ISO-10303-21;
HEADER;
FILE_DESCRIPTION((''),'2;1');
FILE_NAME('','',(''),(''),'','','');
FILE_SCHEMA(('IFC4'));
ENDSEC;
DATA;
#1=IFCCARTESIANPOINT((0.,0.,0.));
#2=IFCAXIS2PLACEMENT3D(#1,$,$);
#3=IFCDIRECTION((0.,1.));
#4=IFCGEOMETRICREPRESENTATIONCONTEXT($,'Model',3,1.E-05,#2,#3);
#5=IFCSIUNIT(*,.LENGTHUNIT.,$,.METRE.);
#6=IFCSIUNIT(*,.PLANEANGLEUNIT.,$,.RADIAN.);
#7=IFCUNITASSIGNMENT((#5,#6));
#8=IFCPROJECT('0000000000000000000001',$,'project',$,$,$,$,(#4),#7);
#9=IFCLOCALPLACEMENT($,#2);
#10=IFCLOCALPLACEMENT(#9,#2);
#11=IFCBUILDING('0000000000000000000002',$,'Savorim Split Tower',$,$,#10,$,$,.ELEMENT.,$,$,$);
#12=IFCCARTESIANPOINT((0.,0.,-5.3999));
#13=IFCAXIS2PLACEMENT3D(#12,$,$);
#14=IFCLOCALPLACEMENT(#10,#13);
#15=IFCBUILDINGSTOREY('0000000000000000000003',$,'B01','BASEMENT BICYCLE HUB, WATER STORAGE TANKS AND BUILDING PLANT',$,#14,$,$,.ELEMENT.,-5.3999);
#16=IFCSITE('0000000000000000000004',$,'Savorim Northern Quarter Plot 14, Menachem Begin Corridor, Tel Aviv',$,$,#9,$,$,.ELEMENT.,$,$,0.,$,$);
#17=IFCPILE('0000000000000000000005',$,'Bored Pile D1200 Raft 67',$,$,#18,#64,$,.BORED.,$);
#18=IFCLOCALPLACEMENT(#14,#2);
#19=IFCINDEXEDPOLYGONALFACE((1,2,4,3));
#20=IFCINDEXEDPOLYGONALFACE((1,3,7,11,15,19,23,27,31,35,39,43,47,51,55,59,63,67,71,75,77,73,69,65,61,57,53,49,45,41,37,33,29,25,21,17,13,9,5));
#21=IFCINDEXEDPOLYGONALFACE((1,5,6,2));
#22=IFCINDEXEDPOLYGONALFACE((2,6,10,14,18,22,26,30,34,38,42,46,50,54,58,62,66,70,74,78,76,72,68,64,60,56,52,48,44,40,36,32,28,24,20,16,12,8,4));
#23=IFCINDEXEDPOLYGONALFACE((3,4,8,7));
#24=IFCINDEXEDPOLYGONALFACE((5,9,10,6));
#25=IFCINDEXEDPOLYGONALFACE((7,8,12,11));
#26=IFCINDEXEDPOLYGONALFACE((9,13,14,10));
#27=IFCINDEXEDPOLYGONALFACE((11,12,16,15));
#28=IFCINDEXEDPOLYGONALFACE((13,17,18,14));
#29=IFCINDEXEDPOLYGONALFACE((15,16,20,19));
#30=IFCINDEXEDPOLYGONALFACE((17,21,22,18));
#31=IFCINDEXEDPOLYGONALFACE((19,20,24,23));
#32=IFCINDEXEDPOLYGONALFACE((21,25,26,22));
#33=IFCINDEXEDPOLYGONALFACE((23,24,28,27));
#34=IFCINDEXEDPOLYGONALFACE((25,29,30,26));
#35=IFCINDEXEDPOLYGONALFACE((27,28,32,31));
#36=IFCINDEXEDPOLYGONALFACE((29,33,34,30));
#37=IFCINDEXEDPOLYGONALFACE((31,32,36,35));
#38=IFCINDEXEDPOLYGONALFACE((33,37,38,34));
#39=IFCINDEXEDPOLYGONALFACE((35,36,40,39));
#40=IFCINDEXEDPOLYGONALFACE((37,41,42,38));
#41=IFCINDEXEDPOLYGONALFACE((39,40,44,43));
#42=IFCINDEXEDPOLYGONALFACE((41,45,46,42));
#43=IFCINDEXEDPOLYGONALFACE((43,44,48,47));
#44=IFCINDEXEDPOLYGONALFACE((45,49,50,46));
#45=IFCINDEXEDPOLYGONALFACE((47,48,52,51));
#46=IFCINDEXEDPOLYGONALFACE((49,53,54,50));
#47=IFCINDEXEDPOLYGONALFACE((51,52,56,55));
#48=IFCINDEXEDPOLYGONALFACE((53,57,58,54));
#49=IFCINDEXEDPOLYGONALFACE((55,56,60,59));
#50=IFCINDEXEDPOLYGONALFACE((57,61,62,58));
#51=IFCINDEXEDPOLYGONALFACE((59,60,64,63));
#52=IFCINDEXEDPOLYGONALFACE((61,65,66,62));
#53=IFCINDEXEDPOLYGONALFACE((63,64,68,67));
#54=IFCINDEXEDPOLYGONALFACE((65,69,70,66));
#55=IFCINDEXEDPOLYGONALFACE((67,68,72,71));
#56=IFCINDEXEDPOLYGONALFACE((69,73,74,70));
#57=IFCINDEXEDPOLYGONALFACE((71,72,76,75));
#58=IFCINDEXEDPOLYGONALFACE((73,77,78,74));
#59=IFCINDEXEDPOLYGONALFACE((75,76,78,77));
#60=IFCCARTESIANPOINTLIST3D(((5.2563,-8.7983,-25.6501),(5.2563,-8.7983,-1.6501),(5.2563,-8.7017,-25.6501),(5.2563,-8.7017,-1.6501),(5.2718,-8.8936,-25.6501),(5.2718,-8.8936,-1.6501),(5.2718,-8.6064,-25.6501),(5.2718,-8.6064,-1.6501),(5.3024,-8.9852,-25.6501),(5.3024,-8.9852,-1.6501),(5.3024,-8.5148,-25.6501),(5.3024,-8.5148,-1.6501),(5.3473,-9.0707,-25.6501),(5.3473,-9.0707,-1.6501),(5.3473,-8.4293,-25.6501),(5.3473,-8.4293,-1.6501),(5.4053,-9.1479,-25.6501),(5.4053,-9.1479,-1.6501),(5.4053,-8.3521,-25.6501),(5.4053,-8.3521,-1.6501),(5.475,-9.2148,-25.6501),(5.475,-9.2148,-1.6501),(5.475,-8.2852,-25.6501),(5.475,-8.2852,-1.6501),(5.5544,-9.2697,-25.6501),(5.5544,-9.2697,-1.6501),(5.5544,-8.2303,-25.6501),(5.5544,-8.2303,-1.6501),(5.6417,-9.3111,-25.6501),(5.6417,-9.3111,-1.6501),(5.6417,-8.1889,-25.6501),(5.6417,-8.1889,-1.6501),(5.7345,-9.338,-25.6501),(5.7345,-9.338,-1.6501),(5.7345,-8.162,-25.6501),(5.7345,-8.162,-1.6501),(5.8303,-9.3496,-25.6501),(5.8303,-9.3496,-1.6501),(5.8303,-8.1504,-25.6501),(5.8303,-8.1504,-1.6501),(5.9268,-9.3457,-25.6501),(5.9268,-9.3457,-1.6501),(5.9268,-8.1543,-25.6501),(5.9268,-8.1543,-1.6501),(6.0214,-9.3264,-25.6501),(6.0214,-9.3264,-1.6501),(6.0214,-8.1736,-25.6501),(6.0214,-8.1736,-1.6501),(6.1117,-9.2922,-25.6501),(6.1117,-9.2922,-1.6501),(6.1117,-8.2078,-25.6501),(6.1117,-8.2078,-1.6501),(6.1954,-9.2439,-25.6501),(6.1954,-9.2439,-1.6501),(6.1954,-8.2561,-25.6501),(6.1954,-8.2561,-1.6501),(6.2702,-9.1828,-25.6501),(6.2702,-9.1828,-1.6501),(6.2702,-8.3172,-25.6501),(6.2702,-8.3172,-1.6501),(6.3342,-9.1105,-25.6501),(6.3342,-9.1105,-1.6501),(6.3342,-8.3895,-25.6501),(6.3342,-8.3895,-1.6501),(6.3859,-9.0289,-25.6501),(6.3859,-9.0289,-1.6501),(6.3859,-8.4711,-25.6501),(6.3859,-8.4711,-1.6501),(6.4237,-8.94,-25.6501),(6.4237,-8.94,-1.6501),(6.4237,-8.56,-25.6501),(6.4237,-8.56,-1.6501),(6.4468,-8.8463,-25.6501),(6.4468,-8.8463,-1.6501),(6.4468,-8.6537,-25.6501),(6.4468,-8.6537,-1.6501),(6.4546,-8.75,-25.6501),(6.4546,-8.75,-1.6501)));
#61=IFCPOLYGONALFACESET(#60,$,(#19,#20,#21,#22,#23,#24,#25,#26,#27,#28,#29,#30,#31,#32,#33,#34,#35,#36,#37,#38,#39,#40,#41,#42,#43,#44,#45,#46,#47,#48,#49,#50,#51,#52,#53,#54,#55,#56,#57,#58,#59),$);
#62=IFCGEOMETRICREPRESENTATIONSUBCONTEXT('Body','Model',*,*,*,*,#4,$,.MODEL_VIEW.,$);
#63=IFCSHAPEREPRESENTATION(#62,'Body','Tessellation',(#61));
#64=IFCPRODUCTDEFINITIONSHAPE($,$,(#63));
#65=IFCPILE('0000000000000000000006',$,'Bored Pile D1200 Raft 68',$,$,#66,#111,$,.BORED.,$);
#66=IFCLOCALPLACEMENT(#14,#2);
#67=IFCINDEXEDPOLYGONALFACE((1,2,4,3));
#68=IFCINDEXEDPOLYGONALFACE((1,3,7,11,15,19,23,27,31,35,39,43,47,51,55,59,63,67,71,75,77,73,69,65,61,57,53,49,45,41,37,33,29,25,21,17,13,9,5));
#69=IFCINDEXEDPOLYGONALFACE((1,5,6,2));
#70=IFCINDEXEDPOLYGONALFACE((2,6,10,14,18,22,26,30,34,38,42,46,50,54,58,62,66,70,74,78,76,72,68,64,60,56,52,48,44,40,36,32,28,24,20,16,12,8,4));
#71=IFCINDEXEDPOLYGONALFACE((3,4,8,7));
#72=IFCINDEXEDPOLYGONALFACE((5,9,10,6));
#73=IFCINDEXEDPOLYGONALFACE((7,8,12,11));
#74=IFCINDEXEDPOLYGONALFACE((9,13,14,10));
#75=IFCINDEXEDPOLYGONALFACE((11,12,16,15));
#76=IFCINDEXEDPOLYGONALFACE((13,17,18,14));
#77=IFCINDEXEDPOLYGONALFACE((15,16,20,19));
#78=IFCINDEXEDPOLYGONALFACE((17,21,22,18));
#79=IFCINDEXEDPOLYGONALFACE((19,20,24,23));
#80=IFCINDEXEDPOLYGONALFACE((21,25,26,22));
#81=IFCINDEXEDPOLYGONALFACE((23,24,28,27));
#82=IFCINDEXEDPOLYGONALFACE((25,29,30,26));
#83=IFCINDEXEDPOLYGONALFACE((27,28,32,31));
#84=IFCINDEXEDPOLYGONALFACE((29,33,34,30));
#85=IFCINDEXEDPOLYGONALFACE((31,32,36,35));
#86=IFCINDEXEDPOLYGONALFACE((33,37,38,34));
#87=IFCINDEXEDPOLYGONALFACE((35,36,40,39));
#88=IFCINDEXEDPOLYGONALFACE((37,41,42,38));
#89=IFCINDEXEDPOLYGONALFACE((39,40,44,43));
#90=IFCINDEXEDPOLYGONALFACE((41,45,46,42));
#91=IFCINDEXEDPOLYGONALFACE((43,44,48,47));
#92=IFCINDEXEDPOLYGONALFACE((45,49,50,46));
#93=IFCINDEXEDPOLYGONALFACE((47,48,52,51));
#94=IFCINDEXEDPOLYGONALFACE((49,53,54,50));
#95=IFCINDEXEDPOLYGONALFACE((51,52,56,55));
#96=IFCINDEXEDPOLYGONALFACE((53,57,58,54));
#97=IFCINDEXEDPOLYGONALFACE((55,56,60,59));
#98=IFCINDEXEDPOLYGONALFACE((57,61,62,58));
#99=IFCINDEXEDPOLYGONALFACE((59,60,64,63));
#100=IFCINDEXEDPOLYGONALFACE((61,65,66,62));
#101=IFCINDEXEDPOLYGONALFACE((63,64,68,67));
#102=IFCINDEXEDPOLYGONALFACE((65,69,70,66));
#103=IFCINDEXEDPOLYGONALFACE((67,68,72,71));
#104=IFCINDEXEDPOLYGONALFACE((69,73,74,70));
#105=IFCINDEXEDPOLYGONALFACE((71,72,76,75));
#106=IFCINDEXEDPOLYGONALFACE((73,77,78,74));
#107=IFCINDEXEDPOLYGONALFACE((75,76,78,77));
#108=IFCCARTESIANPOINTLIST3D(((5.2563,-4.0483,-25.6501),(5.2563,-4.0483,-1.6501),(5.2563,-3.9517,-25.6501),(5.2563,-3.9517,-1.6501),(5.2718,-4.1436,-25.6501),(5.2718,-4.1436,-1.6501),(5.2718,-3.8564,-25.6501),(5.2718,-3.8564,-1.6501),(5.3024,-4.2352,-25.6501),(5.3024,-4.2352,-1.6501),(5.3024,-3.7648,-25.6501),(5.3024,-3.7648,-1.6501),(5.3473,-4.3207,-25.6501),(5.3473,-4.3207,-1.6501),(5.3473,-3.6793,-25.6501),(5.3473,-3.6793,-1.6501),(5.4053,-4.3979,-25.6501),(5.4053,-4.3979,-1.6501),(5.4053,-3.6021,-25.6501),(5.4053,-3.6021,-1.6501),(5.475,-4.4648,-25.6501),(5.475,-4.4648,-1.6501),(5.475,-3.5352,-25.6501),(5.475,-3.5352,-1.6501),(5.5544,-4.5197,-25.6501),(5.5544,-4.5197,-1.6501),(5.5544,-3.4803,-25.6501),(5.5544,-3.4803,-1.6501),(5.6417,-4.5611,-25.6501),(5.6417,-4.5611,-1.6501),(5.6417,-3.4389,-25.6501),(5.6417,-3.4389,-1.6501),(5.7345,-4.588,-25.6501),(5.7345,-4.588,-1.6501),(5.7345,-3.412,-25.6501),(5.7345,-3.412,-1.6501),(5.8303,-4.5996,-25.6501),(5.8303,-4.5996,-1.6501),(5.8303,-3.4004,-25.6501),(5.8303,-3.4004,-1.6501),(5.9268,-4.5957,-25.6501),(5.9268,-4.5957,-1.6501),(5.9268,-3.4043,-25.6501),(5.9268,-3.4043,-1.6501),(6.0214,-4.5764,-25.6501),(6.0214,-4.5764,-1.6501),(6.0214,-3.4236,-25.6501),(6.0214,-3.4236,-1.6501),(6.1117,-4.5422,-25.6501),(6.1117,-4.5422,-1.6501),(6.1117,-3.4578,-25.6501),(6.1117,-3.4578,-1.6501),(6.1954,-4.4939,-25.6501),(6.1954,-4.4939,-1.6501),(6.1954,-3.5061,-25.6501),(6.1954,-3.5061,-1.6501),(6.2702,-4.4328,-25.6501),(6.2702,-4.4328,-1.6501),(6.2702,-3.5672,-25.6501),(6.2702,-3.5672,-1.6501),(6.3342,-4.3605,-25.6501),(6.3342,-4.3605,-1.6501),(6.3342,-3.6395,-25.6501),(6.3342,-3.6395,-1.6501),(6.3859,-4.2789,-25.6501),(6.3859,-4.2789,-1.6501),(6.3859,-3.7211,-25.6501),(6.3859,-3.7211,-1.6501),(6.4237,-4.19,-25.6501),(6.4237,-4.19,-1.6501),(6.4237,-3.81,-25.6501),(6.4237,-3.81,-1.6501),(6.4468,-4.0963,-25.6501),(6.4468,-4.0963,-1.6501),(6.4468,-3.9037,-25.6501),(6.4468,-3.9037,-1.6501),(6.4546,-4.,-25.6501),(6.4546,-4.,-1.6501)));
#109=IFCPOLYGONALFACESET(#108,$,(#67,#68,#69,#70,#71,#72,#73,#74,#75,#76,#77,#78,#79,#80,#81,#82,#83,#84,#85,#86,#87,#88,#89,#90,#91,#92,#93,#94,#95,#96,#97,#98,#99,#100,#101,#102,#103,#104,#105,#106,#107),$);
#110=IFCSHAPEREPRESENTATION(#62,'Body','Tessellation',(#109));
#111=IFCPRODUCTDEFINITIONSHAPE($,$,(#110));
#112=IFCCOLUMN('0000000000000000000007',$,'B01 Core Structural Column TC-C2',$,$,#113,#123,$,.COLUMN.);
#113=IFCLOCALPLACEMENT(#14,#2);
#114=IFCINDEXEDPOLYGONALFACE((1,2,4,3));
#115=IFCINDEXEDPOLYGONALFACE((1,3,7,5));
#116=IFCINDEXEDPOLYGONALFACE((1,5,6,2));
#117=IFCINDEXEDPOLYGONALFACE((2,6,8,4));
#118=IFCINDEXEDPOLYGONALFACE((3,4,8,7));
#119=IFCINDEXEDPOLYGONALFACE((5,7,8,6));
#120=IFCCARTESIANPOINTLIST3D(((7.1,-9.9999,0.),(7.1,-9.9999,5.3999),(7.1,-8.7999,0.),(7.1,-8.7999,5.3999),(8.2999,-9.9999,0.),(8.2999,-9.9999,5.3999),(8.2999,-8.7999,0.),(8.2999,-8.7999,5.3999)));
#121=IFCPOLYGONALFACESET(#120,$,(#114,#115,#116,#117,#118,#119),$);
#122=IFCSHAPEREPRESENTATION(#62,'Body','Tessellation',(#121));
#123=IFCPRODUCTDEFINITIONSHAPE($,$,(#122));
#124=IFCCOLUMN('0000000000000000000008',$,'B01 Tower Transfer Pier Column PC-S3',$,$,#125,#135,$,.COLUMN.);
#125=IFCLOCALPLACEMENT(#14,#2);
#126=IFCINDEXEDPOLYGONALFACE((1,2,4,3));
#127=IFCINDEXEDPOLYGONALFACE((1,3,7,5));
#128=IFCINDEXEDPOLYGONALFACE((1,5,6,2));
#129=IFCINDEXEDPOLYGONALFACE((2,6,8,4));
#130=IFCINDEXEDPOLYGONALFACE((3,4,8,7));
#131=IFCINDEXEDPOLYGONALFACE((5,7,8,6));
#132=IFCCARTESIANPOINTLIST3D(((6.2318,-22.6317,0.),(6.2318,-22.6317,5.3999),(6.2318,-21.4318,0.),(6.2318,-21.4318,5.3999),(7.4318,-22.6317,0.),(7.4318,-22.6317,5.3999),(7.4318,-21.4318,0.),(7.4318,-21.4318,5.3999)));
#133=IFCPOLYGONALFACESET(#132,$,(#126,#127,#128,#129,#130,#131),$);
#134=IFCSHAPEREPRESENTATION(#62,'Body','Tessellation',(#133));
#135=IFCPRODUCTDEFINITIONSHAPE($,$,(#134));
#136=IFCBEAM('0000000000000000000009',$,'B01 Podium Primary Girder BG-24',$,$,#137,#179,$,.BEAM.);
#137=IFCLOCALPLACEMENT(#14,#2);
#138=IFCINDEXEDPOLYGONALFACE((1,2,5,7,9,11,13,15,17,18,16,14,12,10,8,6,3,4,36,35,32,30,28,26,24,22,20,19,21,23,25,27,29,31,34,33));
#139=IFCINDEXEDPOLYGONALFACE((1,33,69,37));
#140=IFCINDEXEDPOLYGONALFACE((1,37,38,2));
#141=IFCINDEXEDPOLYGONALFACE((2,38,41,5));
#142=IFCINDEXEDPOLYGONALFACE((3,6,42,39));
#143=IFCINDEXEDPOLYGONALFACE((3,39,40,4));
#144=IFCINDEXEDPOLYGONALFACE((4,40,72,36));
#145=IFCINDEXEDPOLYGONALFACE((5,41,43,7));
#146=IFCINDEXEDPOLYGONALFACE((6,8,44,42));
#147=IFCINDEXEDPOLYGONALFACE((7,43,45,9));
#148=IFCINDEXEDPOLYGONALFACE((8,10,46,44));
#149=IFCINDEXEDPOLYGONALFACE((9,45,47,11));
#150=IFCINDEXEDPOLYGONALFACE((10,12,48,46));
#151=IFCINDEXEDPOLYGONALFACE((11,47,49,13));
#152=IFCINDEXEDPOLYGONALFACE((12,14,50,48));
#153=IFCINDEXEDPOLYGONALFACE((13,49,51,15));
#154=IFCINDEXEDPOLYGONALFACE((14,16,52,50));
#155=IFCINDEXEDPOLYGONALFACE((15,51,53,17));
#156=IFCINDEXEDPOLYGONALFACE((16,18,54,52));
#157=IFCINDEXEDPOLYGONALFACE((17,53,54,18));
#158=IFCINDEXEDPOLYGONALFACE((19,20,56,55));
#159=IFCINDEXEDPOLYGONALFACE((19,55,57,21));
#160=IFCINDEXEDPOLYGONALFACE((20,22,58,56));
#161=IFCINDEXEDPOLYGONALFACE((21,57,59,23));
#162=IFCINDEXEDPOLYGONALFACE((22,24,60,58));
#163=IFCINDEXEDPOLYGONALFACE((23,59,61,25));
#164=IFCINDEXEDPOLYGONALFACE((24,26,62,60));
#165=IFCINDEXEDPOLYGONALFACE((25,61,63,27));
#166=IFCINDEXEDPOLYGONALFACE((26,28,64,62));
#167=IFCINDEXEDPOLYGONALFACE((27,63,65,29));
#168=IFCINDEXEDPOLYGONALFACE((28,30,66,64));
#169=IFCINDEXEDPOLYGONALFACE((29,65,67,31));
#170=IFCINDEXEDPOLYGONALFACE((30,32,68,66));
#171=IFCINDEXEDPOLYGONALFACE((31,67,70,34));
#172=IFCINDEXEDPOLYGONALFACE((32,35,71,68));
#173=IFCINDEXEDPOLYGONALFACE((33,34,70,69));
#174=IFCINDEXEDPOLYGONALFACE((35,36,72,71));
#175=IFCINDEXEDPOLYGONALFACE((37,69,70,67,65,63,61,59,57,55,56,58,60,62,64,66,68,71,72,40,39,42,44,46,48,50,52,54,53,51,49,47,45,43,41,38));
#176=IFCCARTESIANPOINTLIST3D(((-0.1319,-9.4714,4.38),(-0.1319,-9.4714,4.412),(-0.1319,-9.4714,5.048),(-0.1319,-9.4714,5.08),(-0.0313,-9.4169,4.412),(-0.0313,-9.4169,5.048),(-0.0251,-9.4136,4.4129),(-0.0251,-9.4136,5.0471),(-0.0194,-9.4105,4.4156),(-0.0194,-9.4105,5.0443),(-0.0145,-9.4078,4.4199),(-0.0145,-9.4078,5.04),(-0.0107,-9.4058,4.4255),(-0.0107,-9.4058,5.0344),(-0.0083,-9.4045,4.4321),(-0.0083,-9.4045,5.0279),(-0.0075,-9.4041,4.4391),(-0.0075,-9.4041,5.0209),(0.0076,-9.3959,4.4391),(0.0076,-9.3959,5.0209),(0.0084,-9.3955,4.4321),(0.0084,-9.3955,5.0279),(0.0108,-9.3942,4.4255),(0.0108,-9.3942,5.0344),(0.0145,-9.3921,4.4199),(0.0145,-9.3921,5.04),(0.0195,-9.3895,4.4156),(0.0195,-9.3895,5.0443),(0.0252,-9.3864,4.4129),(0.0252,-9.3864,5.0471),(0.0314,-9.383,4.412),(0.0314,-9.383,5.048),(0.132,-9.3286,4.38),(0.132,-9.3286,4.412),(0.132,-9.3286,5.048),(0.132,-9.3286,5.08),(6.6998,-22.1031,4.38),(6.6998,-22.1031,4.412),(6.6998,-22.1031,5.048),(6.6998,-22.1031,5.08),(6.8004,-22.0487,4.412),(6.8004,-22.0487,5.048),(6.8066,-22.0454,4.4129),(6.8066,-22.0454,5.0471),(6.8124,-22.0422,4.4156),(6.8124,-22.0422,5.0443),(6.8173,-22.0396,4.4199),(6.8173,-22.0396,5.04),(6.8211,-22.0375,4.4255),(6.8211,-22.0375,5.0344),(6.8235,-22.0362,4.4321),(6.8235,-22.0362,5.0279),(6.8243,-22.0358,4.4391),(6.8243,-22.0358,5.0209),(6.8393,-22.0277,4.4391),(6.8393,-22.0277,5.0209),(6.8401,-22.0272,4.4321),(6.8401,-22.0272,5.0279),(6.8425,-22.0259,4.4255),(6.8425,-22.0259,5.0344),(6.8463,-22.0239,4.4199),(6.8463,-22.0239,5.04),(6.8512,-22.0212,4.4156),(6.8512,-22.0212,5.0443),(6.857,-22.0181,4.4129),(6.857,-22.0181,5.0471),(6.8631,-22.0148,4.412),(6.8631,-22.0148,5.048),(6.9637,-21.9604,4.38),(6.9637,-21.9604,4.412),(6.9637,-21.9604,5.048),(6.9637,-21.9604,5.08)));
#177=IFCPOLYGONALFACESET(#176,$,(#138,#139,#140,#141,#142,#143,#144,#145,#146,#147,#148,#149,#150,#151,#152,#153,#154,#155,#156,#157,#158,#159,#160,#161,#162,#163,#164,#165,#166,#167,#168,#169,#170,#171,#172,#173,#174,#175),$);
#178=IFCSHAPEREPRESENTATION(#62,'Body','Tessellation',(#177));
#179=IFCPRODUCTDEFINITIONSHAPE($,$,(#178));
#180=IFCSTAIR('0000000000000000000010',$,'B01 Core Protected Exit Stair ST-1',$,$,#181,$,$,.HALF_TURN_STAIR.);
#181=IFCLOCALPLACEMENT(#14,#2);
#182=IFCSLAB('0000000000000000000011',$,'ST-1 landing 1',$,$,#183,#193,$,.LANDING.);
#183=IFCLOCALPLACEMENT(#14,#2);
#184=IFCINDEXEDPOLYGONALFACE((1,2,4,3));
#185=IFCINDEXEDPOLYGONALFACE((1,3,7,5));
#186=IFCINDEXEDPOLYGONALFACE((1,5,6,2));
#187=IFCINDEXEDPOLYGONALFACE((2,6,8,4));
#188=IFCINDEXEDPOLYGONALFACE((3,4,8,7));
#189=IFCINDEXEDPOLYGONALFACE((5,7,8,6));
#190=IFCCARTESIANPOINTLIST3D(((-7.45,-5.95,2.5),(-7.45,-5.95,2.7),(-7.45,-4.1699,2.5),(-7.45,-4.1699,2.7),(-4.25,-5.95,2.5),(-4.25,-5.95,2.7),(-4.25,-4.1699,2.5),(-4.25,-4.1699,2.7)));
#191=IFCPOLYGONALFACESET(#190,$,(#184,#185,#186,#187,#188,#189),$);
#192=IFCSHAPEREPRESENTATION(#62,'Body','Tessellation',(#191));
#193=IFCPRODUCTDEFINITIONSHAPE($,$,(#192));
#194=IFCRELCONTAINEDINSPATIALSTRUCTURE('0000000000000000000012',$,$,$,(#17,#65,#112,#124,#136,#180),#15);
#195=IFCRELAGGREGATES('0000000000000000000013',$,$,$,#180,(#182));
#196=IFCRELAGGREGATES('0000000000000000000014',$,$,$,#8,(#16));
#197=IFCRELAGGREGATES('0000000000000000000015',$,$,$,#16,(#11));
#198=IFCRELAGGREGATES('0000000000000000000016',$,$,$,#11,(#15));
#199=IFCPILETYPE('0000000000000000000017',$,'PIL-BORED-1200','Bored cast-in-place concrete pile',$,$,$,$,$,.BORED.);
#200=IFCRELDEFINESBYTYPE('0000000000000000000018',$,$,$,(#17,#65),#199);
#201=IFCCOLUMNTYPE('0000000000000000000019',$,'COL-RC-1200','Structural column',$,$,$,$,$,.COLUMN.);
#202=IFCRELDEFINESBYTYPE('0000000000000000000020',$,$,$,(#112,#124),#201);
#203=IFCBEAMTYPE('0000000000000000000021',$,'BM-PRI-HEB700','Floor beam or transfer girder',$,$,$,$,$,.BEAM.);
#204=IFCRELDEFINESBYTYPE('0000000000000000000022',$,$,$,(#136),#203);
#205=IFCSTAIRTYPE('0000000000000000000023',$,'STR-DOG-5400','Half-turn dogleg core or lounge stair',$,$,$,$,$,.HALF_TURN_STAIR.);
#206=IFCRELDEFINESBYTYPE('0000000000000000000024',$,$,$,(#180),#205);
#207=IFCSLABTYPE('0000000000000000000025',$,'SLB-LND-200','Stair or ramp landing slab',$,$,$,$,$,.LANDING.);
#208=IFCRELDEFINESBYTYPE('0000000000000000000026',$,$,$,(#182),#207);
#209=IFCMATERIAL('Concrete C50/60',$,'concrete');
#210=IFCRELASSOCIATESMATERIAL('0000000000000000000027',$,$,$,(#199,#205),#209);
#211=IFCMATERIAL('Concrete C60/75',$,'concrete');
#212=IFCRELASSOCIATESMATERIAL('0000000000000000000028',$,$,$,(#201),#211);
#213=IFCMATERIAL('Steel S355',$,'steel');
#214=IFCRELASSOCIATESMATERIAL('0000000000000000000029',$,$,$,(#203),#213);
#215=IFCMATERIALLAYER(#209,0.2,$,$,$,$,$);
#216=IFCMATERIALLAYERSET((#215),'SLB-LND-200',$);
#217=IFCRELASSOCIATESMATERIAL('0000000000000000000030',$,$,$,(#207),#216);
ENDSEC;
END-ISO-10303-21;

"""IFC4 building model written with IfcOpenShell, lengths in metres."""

from ifc_helpers import new_model, si_unit, direction, frame, origin, origin_2d, place, context, subcontext, project, spatial, polyline, rectangle, circle, i_section, outline, extrude, material, layer, layer_set, material_profile, profile_set, type_object, element, aggregate, save


model = new_model("IFC4")

# Units and contexts
model_context = context("Model", 3, precision=1e-05, world=origin(), true_north=direction((0.0, 1.0)))
body_context = subcontext(model_context, "Body", "Model", "MODEL_VIEW")
ifc_project = project(units=[si_unit("LENGTHUNIT", "METRE"), si_unit("PLANEANGLEUNIT", "RADIAN")], contexts=[model_context])

# Site, building, storey
site_placement = place(None, origin())
site = spatial("IfcSite", under=ifc_project, at=site_placement, Name="Savorim Northern Quarter Plot 14, Menachem Begin Corridor, Tel Aviv", CompositionType="ELEMENT", RefElevation=0.0)
building_placement = place(site_placement, origin())
building = spatial("IfcBuilding", under=site, at=building_placement, Name="Savorim Split Tower", CompositionType="ELEMENT")
storey_placement = place(building_placement, frame((0.0, 0.0, -5.3999)))
storey = spatial("IfcBuildingStorey", under=building, at=storey_placement, Name="B01", Description="BASEMENT BICYCLE HUB, WATER STORAGE TANKS AND BUILDING PLANT", CompositionType="ELEMENT", Elevation=-5.3999)

# Piles
ifc_material_1 = material(Name="Concrete C50/60", Category="concrete")
ifc_material_profile_1 = material_profile(ifc_material_1, circle(Radius=0.6001, at=origin_2d()), Name="PILE D1200")
ifc_profile_set_1 = profile_set([ifc_material_profile_1], Name="Concrete C50/60")
pile_type = type_object("IfcPileType", Name="PIL-BORED-1200", Description="Bored cast-in-place concrete pile", PredefinedType="BORED", material=ifc_profile_set_1)
for number, where, z_axis, x_axis, name in (
    (1, (5.8545, -8.75, -1.6501), (0.0, 0.0, -1.0), (1.0, 0.0, 0.0), "Bored Pile D1200 Raft 67"),
    (2, (5.8545, -4.0, -1.6501), (0.0, 0.0, -1.0), (1.0, 0.0, 0.0), "Bored Pile D1200 Raft 68"),
):
    element("IfcPile", number, at=place(storey_placement, frame(where, z_axis=z_axis, x_axis=x_axis)), inside=storey, type_object=pile_type, Name=name, PredefinedType="BORED", context=body_context, shape_type="SweptSolid", body=[
        extrude(circle(Radius=0.6001, at=origin_2d()), origin(), (0.0, 0.0, 1.0), 24.0),
    ])

# Columns
ifc_material_2 = material(Name="Concrete C60/75", Category="concrete")
ifc_material_profile_2 = material_profile(ifc_material_2, rectangle(XDim=1.2, YDim=1.2, at=origin_2d()), Name="RC 1200x1200")
ifc_profile_set_2 = profile_set([ifc_material_profile_2], Name="Concrete C60/75")
column_type = type_object("IfcColumnType", Name="COL-RC-1200", Description="Structural column", PredefinedType="COLUMN", material=ifc_profile_set_2)
for number, where, z_axis, x_axis, name in (
    (3, (7.7, -9.3999, 0.0), (0.0, 0.0, 1.0), (1.0, 0.0, 0.0), "B01 Core Structural Column TC-C2"),
    (4, (6.8318, -22.0317, 0.0), (0.0, 0.0, 1.0), (1.0, 0.0, 0.0), "B01 Tower Transfer Pier Column PC-S3"),
):
    element("IfcColumn", number, at=place(storey_placement, frame(where, z_axis=z_axis, x_axis=x_axis)), inside=storey, type_object=column_type, Name=name, PredefinedType="COLUMN", context=body_context, shape_type="SweptSolid", body=[
        extrude(rectangle(XDim=1.2, YDim=1.2, at=origin_2d()), origin(), (0.0, 0.0, 1.0), 5.3999),
    ])

# Beam
ifc_material_3 = material(Name="Steel S355", Category="steel")
ifc_material_profile_3 = material_profile(ifc_material_3, i_section(OverallWidth=0.3, OverallDepth=0.7, WebThickness=0.0171, FlangeThickness=0.032, FilletRadius=0.0271, at=origin_2d()), Name="HEB 700")
ifc_profile_set_3 = profile_set([ifc_material_profile_3], Name="Steel S355")
beam_type = type_object("IfcBeamType", Name="BM-PRI-HEB700", Description="Floor beam or transfer girder", PredefinedType="BEAM", material=ifc_profile_set_3)
beam_placement = place(storey_placement, frame((6.8318, -22.0317, 4.73), z_axis=(-0.47572, 0.879597, 0.0), x_axis=(-0.879597, -0.47572, 0.0)))
element("IfcBeam", 5, at=beam_placement, inside=storey, type_object=beam_type, Name="B01 Podium Primary Girder BG-24", PredefinedType="BEAM", context=body_context, shape_type="SweptSolid", body=[
    extrude(i_section(OverallWidth=0.3, OverallDepth=0.7, WebThickness=0.0171, FlangeThickness=0.032, FilletRadius=0.0271, at=origin_2d()), origin(), (0.0, 0.0, 1.0), 14.3608),
])

# Stair, slab
stair_type = type_object("IfcStairType", Name="STR-DOG-5400", Description="Half-turn dogleg core or lounge stair", PredefinedType="HALF_TURN_STAIR", material=ifc_material_1)
stair_1_placement = place(storey_placement, origin())
stair_1 = element("IfcStair", 6, at=stair_1_placement, inside=storey, type_object=stair_type, Name="B01 Core Protected Exit Stair ST-1", PredefinedType="HALF_TURN_STAIR")
ifc_layer_1 = layer(ifc_material_1, 0.2)
ifc_layer_set_1 = layer_set([ifc_layer_1], Name="SLB-LND-200")
slab_type_1 = type_object("IfcSlabType", Name="SLB-LND-200", Description="Stair or ramp landing slab", PredefinedType="LANDING", material=ifc_layer_set_1)
slab_1_placement = place(storey_placement, frame((0.0, 0.0, 2.5)))
slab_1 = element("IfcSlab", 7, at=slab_1_placement, type_object=slab_type_1, Name="ST-1 landing 1", PredefinedType="LANDING", context=body_context, shape_type="SweptSolid", body=[
    extrude(outline(polyline([(-7.45, -4.1699), (-7.45, -5.95), (-4.25, -5.95), (-4.25, -4.1699), (-7.45, -4.1699)])), origin(), (0.0, 0.0, 1.0), 0.2),
])
aggregate(stair_1, [slab_1])

save(model, "model.ifc")
